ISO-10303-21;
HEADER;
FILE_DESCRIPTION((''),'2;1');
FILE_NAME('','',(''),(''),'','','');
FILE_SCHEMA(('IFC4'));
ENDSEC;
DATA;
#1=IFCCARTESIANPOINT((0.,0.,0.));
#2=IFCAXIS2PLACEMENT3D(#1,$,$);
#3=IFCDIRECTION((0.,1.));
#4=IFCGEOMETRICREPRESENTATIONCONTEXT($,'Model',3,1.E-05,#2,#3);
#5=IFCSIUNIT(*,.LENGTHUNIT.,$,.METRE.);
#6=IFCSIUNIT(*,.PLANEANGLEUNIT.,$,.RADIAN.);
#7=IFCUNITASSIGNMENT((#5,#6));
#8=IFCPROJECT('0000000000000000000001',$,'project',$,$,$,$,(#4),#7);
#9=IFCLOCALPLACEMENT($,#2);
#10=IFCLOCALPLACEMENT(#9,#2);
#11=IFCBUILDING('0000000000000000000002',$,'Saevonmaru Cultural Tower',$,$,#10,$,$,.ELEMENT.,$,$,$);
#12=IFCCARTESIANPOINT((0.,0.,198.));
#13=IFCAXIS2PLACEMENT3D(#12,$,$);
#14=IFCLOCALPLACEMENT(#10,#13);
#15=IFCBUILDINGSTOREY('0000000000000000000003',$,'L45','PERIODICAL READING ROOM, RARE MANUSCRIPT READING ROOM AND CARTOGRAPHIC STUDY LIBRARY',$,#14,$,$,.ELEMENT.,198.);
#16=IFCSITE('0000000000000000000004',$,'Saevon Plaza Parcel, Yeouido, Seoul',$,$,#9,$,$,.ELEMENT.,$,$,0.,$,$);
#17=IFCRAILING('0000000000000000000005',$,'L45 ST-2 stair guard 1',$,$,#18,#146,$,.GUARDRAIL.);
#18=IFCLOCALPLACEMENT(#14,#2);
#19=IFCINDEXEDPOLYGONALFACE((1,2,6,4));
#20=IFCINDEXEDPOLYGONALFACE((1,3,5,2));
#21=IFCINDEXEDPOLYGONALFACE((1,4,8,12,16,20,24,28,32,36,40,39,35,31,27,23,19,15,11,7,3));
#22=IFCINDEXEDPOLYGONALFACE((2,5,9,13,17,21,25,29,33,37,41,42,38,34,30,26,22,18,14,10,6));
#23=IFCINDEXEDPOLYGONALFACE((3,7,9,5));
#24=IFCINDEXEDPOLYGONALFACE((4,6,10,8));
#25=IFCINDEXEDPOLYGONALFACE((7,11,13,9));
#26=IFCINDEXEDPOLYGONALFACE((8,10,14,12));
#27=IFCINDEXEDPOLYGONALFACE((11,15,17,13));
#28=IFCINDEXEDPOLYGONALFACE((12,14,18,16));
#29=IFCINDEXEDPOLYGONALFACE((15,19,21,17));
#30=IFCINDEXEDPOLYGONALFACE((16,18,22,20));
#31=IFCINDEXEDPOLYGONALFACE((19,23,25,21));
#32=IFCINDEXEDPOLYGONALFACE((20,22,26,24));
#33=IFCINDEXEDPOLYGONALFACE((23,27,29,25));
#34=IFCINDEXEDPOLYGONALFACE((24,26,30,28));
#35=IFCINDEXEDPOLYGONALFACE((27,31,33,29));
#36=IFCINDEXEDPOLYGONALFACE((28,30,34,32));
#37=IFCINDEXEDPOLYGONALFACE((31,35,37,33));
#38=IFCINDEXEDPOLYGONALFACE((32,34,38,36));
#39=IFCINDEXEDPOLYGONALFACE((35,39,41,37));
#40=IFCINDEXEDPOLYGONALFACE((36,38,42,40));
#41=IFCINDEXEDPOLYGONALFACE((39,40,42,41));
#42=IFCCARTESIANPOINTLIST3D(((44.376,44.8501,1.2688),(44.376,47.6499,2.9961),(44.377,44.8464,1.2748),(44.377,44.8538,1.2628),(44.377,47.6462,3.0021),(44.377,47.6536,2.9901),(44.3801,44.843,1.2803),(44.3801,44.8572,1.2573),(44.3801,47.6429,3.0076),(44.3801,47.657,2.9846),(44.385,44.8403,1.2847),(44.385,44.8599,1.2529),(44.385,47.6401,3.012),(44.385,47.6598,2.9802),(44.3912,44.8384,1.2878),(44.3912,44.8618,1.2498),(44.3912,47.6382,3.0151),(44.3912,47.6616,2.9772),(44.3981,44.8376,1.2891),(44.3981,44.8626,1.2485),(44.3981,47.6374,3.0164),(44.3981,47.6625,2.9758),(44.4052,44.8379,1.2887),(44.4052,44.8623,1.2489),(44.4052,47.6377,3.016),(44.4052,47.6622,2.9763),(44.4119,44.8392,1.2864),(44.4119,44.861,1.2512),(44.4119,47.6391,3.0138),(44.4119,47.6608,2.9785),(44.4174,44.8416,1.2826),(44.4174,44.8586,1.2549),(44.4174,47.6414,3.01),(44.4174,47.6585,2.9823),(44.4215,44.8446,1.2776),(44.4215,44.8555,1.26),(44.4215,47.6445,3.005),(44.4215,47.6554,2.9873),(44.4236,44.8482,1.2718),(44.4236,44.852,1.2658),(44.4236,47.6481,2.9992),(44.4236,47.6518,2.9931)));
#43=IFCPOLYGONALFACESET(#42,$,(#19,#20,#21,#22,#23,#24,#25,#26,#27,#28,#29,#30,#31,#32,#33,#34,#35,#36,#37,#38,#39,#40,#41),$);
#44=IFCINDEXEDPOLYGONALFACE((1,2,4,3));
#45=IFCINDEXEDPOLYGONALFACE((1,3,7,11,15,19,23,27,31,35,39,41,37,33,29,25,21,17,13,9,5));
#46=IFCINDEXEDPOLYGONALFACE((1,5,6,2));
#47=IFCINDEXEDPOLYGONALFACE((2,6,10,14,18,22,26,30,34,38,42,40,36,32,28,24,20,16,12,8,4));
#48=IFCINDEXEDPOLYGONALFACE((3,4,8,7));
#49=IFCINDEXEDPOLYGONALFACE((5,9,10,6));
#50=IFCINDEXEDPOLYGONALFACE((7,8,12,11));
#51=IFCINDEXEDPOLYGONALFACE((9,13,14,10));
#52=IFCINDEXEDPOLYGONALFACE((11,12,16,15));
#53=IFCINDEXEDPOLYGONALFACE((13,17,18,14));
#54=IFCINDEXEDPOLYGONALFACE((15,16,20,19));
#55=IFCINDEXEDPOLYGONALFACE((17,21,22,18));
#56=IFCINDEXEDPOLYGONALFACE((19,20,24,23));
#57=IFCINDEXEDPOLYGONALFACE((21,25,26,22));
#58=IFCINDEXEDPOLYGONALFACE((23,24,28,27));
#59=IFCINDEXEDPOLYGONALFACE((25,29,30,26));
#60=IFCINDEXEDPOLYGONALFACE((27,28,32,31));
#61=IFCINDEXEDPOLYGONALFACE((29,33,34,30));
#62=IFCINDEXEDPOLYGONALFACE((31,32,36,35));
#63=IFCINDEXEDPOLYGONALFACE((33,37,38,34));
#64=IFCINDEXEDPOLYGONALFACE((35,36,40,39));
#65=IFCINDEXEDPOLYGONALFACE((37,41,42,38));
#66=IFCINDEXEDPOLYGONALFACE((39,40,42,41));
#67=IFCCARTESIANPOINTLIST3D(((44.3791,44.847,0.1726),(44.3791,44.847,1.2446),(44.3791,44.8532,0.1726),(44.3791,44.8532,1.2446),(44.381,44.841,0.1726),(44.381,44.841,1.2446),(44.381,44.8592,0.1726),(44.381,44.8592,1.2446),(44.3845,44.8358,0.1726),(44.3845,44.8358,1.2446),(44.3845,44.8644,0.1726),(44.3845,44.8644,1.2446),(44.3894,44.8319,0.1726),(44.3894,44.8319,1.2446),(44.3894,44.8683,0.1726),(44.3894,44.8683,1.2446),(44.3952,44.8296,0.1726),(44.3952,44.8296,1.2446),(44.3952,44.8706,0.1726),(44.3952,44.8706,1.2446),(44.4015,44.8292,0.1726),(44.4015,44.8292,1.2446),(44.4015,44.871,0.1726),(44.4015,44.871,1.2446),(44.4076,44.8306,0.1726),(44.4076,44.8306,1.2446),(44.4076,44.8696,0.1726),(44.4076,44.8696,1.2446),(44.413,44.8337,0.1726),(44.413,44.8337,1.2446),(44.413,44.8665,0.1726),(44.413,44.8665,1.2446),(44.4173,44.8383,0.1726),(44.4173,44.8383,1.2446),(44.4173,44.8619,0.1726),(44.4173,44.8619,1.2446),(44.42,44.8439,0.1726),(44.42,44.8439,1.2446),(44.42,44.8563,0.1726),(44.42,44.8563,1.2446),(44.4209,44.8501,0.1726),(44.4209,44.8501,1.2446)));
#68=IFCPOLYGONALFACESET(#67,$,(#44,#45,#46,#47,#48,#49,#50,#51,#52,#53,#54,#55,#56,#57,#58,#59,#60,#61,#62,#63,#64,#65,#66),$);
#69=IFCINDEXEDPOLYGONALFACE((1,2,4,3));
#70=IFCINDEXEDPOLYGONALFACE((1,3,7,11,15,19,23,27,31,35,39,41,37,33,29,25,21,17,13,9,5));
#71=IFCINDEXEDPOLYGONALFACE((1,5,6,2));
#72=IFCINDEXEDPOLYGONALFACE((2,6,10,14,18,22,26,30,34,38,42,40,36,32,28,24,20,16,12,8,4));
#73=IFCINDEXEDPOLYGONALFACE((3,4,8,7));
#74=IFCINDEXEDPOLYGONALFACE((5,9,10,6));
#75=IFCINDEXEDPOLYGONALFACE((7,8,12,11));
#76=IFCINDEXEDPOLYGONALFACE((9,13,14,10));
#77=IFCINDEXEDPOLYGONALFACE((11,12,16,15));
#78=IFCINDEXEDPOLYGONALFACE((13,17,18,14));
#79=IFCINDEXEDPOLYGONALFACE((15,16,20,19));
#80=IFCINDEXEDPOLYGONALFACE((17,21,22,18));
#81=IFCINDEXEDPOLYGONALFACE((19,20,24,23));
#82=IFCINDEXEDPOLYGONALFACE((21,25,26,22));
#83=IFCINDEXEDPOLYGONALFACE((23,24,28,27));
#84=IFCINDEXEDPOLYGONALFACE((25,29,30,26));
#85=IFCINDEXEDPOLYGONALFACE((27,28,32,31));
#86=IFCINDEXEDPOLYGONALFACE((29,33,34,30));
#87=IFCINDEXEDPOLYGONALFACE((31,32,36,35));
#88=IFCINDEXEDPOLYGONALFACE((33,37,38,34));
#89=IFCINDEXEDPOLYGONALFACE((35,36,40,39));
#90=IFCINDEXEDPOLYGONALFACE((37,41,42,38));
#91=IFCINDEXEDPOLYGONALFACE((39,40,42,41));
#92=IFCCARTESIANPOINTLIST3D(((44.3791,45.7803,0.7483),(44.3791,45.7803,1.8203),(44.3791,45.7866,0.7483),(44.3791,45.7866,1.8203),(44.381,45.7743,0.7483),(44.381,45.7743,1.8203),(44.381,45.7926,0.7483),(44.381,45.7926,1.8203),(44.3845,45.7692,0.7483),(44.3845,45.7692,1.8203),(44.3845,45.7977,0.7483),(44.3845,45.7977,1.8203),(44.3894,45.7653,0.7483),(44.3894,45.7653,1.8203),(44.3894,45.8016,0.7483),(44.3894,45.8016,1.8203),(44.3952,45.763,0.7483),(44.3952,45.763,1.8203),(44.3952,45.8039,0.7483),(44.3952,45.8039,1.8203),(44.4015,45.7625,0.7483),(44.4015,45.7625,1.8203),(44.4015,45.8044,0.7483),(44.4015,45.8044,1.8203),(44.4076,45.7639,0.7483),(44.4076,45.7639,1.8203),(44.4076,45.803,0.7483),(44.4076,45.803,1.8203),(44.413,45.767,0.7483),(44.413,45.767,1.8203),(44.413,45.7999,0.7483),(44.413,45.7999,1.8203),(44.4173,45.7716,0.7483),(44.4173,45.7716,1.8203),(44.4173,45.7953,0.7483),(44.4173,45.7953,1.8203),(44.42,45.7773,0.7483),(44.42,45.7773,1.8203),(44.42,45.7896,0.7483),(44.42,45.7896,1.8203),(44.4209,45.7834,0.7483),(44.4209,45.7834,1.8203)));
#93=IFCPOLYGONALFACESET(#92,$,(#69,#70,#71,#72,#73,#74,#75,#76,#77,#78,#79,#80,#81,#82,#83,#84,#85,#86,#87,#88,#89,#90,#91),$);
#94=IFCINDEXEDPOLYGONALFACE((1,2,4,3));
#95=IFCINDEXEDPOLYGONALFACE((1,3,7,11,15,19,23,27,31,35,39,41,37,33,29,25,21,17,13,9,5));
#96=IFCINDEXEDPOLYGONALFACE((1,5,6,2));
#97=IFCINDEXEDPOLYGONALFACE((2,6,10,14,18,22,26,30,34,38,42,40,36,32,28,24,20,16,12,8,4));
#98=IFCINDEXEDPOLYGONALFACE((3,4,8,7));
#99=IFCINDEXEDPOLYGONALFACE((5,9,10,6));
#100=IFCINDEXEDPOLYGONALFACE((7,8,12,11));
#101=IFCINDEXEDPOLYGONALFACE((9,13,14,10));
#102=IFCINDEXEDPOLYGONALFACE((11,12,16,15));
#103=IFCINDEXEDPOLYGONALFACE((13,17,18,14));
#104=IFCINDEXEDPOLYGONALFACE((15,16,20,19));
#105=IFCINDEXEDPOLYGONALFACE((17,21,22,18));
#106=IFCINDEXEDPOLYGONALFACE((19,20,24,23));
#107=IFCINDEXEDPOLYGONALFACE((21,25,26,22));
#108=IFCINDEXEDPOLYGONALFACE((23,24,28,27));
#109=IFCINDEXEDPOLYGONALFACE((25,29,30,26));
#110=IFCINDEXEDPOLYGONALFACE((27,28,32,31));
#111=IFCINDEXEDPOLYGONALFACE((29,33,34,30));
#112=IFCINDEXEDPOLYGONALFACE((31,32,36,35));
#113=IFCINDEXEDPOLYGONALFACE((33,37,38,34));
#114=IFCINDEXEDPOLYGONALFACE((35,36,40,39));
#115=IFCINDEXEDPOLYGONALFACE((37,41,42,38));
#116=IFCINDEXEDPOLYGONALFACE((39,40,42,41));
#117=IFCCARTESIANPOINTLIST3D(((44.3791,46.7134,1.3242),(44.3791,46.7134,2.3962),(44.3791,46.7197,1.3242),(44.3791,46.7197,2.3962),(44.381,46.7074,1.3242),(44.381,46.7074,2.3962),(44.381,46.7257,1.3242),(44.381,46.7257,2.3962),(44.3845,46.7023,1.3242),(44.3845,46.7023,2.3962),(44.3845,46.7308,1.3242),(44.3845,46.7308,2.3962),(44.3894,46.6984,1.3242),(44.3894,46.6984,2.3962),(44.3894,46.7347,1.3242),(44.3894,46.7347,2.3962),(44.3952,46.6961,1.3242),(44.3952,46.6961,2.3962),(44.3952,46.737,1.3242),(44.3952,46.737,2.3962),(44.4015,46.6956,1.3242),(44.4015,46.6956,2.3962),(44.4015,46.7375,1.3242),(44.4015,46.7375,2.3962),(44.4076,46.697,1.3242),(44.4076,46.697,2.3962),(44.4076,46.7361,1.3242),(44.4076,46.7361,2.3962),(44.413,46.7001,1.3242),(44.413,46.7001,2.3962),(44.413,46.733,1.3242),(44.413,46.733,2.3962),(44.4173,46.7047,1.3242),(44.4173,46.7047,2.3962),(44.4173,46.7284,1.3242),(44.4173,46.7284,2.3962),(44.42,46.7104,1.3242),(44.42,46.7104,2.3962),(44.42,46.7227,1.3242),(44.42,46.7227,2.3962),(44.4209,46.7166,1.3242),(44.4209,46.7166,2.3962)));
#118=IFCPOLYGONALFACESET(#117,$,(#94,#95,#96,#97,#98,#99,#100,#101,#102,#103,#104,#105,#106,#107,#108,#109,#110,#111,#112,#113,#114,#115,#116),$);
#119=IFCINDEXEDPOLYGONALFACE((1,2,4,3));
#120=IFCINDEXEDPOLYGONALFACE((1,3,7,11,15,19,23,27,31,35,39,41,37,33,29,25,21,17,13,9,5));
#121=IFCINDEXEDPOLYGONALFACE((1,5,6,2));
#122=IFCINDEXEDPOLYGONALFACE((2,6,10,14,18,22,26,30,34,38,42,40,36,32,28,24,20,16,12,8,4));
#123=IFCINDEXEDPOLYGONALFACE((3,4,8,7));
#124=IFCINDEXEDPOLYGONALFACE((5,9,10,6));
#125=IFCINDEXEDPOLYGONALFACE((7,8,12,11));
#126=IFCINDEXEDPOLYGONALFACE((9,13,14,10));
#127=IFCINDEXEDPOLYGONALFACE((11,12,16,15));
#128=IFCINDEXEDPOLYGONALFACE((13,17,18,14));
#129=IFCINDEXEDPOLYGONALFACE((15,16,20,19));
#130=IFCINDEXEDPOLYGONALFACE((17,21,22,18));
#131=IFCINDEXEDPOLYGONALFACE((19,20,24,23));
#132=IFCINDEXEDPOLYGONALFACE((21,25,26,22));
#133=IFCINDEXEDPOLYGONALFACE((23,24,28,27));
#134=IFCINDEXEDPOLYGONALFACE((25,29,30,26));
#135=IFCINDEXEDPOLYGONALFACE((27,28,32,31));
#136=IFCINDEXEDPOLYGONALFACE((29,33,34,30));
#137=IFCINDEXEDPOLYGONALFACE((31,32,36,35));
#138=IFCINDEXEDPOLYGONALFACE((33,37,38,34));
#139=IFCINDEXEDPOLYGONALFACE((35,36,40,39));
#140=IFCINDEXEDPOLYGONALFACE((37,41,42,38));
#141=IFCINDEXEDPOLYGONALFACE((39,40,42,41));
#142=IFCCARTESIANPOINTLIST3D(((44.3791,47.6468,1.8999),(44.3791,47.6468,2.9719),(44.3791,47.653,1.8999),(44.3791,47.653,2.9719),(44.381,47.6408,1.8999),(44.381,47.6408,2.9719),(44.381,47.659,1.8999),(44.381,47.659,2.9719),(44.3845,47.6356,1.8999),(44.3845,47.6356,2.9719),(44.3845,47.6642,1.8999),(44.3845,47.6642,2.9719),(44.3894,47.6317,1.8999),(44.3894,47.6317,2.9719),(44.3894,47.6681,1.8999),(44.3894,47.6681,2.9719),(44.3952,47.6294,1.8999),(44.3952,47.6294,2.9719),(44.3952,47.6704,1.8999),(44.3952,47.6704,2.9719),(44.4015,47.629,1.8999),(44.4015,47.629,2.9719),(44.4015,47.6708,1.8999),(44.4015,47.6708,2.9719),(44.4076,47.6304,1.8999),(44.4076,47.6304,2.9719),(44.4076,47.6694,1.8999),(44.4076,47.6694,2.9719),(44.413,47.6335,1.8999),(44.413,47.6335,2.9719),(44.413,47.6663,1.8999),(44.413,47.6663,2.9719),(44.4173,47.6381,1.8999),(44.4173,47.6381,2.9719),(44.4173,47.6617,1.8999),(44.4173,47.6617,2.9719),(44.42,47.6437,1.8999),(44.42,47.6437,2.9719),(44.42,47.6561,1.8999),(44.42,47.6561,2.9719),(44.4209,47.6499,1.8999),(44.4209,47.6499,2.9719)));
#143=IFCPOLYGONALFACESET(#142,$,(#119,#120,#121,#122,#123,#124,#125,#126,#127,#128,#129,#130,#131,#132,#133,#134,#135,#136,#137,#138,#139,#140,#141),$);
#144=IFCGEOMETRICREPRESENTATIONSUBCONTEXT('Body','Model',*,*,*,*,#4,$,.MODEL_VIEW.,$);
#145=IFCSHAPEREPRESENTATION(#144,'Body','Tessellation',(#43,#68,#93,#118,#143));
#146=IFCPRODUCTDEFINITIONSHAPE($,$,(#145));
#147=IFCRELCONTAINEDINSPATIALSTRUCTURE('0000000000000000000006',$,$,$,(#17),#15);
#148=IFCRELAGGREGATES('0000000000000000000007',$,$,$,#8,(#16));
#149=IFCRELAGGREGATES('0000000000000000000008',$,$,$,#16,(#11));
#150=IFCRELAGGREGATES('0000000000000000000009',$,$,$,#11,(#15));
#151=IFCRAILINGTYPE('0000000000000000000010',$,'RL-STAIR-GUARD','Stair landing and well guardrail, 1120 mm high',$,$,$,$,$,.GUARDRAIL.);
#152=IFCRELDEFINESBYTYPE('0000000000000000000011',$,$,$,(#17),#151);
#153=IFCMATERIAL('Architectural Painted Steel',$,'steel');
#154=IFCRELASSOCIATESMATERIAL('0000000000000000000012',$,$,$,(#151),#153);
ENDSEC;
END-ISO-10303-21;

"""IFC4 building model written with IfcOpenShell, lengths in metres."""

from ifc_helpers import new_model, si_unit, direction, frame, origin, origin_2d, place, context, subcontext, project, spatial, circle, extrude, material, type_object, element, save


model = new_model("IFC4")

# Units and contexts
model_context = context("Model", 3, precision=1e-05, world=origin(), true_north=direction((0.0, 1.0)))
body_context = subcontext(model_context, "Body", "Model", "MODEL_VIEW")
ifc_project = project(units=[si_unit("LENGTHUNIT", "METRE"), si_unit("PLANEANGLEUNIT", "RADIAN")], contexts=[model_context])

# Site, building, storey
site_placement = place(None, origin())
site = spatial("IfcSite", under=ifc_project, at=site_placement, Name="Saevon Plaza Parcel, Yeouido, Seoul", CompositionType="ELEMENT", RefElevation=0.0)
building_placement = place(site_placement, origin())
building = spatial("IfcBuilding", under=site, at=building_placement, Name="Saevonmaru Cultural Tower", CompositionType="ELEMENT")
storey_placement = place(building_placement, frame((0.0, 0.0, 198.0)))
storey = spatial("IfcBuildingStorey", under=building, at=storey_placement, Name="L45", Description="PERIODICAL READING ROOM, RARE MANUSCRIPT READING ROOM AND CARTOGRAPHIC STUDY LIBRARY", CompositionType="ELEMENT", Elevation=198.0)

# Railing
ifc_material_1 = material(Name="Architectural Painted Steel", Category="steel")
railing_type_1 = type_object("IfcRailingType", Name="RL-STAIR-GUARD", Description="Stair landing and well guardrail, 1120 mm high", PredefinedType="GUARDRAIL", material=ifc_material_1)
railing_1_placement = place(storey_placement, frame((44.3999, 44.8501, 0.1726)))
element("IfcRailing", 1, at=railing_1_placement, inside=storey, type_object=railing_type_1, Name="L45 ST-2 stair guard 1", PredefinedType="GUARDRAIL", context=body_context, shape_type="SweptSolid", body=[
    extrude(circle(Radius=0.0239, at=origin_2d()), frame((0.0, 0.0, 1.0962), z_axis=(0.0, 0.851069, 0.525054), x_axis=(-1.0, 0.0, 0.0)), (0.0, 0.0, 1.0), 3.2898),
    extrude(circle(Radius=0.021, at=origin_2d()), origin(), (0.0, 0.0, 1.0), 1.072),
    extrude(circle(Radius=0.021, at=origin_2d()), frame((0.0, 0.9333, 0.5757)), (0.0, 0.0, 1.0), 1.072),
    extrude(circle(Radius=0.021, at=origin_2d()), frame((0.0, 1.8665, 1.1516)), (0.0, 0.0, 1.0), 1.072),
    extrude(circle(Radius=0.021, at=origin_2d()), frame((0.0, 2.7998, 1.7273)), (0.0, 0.0, 1.0), 1.072),
])

save(model, "model.ifc")
